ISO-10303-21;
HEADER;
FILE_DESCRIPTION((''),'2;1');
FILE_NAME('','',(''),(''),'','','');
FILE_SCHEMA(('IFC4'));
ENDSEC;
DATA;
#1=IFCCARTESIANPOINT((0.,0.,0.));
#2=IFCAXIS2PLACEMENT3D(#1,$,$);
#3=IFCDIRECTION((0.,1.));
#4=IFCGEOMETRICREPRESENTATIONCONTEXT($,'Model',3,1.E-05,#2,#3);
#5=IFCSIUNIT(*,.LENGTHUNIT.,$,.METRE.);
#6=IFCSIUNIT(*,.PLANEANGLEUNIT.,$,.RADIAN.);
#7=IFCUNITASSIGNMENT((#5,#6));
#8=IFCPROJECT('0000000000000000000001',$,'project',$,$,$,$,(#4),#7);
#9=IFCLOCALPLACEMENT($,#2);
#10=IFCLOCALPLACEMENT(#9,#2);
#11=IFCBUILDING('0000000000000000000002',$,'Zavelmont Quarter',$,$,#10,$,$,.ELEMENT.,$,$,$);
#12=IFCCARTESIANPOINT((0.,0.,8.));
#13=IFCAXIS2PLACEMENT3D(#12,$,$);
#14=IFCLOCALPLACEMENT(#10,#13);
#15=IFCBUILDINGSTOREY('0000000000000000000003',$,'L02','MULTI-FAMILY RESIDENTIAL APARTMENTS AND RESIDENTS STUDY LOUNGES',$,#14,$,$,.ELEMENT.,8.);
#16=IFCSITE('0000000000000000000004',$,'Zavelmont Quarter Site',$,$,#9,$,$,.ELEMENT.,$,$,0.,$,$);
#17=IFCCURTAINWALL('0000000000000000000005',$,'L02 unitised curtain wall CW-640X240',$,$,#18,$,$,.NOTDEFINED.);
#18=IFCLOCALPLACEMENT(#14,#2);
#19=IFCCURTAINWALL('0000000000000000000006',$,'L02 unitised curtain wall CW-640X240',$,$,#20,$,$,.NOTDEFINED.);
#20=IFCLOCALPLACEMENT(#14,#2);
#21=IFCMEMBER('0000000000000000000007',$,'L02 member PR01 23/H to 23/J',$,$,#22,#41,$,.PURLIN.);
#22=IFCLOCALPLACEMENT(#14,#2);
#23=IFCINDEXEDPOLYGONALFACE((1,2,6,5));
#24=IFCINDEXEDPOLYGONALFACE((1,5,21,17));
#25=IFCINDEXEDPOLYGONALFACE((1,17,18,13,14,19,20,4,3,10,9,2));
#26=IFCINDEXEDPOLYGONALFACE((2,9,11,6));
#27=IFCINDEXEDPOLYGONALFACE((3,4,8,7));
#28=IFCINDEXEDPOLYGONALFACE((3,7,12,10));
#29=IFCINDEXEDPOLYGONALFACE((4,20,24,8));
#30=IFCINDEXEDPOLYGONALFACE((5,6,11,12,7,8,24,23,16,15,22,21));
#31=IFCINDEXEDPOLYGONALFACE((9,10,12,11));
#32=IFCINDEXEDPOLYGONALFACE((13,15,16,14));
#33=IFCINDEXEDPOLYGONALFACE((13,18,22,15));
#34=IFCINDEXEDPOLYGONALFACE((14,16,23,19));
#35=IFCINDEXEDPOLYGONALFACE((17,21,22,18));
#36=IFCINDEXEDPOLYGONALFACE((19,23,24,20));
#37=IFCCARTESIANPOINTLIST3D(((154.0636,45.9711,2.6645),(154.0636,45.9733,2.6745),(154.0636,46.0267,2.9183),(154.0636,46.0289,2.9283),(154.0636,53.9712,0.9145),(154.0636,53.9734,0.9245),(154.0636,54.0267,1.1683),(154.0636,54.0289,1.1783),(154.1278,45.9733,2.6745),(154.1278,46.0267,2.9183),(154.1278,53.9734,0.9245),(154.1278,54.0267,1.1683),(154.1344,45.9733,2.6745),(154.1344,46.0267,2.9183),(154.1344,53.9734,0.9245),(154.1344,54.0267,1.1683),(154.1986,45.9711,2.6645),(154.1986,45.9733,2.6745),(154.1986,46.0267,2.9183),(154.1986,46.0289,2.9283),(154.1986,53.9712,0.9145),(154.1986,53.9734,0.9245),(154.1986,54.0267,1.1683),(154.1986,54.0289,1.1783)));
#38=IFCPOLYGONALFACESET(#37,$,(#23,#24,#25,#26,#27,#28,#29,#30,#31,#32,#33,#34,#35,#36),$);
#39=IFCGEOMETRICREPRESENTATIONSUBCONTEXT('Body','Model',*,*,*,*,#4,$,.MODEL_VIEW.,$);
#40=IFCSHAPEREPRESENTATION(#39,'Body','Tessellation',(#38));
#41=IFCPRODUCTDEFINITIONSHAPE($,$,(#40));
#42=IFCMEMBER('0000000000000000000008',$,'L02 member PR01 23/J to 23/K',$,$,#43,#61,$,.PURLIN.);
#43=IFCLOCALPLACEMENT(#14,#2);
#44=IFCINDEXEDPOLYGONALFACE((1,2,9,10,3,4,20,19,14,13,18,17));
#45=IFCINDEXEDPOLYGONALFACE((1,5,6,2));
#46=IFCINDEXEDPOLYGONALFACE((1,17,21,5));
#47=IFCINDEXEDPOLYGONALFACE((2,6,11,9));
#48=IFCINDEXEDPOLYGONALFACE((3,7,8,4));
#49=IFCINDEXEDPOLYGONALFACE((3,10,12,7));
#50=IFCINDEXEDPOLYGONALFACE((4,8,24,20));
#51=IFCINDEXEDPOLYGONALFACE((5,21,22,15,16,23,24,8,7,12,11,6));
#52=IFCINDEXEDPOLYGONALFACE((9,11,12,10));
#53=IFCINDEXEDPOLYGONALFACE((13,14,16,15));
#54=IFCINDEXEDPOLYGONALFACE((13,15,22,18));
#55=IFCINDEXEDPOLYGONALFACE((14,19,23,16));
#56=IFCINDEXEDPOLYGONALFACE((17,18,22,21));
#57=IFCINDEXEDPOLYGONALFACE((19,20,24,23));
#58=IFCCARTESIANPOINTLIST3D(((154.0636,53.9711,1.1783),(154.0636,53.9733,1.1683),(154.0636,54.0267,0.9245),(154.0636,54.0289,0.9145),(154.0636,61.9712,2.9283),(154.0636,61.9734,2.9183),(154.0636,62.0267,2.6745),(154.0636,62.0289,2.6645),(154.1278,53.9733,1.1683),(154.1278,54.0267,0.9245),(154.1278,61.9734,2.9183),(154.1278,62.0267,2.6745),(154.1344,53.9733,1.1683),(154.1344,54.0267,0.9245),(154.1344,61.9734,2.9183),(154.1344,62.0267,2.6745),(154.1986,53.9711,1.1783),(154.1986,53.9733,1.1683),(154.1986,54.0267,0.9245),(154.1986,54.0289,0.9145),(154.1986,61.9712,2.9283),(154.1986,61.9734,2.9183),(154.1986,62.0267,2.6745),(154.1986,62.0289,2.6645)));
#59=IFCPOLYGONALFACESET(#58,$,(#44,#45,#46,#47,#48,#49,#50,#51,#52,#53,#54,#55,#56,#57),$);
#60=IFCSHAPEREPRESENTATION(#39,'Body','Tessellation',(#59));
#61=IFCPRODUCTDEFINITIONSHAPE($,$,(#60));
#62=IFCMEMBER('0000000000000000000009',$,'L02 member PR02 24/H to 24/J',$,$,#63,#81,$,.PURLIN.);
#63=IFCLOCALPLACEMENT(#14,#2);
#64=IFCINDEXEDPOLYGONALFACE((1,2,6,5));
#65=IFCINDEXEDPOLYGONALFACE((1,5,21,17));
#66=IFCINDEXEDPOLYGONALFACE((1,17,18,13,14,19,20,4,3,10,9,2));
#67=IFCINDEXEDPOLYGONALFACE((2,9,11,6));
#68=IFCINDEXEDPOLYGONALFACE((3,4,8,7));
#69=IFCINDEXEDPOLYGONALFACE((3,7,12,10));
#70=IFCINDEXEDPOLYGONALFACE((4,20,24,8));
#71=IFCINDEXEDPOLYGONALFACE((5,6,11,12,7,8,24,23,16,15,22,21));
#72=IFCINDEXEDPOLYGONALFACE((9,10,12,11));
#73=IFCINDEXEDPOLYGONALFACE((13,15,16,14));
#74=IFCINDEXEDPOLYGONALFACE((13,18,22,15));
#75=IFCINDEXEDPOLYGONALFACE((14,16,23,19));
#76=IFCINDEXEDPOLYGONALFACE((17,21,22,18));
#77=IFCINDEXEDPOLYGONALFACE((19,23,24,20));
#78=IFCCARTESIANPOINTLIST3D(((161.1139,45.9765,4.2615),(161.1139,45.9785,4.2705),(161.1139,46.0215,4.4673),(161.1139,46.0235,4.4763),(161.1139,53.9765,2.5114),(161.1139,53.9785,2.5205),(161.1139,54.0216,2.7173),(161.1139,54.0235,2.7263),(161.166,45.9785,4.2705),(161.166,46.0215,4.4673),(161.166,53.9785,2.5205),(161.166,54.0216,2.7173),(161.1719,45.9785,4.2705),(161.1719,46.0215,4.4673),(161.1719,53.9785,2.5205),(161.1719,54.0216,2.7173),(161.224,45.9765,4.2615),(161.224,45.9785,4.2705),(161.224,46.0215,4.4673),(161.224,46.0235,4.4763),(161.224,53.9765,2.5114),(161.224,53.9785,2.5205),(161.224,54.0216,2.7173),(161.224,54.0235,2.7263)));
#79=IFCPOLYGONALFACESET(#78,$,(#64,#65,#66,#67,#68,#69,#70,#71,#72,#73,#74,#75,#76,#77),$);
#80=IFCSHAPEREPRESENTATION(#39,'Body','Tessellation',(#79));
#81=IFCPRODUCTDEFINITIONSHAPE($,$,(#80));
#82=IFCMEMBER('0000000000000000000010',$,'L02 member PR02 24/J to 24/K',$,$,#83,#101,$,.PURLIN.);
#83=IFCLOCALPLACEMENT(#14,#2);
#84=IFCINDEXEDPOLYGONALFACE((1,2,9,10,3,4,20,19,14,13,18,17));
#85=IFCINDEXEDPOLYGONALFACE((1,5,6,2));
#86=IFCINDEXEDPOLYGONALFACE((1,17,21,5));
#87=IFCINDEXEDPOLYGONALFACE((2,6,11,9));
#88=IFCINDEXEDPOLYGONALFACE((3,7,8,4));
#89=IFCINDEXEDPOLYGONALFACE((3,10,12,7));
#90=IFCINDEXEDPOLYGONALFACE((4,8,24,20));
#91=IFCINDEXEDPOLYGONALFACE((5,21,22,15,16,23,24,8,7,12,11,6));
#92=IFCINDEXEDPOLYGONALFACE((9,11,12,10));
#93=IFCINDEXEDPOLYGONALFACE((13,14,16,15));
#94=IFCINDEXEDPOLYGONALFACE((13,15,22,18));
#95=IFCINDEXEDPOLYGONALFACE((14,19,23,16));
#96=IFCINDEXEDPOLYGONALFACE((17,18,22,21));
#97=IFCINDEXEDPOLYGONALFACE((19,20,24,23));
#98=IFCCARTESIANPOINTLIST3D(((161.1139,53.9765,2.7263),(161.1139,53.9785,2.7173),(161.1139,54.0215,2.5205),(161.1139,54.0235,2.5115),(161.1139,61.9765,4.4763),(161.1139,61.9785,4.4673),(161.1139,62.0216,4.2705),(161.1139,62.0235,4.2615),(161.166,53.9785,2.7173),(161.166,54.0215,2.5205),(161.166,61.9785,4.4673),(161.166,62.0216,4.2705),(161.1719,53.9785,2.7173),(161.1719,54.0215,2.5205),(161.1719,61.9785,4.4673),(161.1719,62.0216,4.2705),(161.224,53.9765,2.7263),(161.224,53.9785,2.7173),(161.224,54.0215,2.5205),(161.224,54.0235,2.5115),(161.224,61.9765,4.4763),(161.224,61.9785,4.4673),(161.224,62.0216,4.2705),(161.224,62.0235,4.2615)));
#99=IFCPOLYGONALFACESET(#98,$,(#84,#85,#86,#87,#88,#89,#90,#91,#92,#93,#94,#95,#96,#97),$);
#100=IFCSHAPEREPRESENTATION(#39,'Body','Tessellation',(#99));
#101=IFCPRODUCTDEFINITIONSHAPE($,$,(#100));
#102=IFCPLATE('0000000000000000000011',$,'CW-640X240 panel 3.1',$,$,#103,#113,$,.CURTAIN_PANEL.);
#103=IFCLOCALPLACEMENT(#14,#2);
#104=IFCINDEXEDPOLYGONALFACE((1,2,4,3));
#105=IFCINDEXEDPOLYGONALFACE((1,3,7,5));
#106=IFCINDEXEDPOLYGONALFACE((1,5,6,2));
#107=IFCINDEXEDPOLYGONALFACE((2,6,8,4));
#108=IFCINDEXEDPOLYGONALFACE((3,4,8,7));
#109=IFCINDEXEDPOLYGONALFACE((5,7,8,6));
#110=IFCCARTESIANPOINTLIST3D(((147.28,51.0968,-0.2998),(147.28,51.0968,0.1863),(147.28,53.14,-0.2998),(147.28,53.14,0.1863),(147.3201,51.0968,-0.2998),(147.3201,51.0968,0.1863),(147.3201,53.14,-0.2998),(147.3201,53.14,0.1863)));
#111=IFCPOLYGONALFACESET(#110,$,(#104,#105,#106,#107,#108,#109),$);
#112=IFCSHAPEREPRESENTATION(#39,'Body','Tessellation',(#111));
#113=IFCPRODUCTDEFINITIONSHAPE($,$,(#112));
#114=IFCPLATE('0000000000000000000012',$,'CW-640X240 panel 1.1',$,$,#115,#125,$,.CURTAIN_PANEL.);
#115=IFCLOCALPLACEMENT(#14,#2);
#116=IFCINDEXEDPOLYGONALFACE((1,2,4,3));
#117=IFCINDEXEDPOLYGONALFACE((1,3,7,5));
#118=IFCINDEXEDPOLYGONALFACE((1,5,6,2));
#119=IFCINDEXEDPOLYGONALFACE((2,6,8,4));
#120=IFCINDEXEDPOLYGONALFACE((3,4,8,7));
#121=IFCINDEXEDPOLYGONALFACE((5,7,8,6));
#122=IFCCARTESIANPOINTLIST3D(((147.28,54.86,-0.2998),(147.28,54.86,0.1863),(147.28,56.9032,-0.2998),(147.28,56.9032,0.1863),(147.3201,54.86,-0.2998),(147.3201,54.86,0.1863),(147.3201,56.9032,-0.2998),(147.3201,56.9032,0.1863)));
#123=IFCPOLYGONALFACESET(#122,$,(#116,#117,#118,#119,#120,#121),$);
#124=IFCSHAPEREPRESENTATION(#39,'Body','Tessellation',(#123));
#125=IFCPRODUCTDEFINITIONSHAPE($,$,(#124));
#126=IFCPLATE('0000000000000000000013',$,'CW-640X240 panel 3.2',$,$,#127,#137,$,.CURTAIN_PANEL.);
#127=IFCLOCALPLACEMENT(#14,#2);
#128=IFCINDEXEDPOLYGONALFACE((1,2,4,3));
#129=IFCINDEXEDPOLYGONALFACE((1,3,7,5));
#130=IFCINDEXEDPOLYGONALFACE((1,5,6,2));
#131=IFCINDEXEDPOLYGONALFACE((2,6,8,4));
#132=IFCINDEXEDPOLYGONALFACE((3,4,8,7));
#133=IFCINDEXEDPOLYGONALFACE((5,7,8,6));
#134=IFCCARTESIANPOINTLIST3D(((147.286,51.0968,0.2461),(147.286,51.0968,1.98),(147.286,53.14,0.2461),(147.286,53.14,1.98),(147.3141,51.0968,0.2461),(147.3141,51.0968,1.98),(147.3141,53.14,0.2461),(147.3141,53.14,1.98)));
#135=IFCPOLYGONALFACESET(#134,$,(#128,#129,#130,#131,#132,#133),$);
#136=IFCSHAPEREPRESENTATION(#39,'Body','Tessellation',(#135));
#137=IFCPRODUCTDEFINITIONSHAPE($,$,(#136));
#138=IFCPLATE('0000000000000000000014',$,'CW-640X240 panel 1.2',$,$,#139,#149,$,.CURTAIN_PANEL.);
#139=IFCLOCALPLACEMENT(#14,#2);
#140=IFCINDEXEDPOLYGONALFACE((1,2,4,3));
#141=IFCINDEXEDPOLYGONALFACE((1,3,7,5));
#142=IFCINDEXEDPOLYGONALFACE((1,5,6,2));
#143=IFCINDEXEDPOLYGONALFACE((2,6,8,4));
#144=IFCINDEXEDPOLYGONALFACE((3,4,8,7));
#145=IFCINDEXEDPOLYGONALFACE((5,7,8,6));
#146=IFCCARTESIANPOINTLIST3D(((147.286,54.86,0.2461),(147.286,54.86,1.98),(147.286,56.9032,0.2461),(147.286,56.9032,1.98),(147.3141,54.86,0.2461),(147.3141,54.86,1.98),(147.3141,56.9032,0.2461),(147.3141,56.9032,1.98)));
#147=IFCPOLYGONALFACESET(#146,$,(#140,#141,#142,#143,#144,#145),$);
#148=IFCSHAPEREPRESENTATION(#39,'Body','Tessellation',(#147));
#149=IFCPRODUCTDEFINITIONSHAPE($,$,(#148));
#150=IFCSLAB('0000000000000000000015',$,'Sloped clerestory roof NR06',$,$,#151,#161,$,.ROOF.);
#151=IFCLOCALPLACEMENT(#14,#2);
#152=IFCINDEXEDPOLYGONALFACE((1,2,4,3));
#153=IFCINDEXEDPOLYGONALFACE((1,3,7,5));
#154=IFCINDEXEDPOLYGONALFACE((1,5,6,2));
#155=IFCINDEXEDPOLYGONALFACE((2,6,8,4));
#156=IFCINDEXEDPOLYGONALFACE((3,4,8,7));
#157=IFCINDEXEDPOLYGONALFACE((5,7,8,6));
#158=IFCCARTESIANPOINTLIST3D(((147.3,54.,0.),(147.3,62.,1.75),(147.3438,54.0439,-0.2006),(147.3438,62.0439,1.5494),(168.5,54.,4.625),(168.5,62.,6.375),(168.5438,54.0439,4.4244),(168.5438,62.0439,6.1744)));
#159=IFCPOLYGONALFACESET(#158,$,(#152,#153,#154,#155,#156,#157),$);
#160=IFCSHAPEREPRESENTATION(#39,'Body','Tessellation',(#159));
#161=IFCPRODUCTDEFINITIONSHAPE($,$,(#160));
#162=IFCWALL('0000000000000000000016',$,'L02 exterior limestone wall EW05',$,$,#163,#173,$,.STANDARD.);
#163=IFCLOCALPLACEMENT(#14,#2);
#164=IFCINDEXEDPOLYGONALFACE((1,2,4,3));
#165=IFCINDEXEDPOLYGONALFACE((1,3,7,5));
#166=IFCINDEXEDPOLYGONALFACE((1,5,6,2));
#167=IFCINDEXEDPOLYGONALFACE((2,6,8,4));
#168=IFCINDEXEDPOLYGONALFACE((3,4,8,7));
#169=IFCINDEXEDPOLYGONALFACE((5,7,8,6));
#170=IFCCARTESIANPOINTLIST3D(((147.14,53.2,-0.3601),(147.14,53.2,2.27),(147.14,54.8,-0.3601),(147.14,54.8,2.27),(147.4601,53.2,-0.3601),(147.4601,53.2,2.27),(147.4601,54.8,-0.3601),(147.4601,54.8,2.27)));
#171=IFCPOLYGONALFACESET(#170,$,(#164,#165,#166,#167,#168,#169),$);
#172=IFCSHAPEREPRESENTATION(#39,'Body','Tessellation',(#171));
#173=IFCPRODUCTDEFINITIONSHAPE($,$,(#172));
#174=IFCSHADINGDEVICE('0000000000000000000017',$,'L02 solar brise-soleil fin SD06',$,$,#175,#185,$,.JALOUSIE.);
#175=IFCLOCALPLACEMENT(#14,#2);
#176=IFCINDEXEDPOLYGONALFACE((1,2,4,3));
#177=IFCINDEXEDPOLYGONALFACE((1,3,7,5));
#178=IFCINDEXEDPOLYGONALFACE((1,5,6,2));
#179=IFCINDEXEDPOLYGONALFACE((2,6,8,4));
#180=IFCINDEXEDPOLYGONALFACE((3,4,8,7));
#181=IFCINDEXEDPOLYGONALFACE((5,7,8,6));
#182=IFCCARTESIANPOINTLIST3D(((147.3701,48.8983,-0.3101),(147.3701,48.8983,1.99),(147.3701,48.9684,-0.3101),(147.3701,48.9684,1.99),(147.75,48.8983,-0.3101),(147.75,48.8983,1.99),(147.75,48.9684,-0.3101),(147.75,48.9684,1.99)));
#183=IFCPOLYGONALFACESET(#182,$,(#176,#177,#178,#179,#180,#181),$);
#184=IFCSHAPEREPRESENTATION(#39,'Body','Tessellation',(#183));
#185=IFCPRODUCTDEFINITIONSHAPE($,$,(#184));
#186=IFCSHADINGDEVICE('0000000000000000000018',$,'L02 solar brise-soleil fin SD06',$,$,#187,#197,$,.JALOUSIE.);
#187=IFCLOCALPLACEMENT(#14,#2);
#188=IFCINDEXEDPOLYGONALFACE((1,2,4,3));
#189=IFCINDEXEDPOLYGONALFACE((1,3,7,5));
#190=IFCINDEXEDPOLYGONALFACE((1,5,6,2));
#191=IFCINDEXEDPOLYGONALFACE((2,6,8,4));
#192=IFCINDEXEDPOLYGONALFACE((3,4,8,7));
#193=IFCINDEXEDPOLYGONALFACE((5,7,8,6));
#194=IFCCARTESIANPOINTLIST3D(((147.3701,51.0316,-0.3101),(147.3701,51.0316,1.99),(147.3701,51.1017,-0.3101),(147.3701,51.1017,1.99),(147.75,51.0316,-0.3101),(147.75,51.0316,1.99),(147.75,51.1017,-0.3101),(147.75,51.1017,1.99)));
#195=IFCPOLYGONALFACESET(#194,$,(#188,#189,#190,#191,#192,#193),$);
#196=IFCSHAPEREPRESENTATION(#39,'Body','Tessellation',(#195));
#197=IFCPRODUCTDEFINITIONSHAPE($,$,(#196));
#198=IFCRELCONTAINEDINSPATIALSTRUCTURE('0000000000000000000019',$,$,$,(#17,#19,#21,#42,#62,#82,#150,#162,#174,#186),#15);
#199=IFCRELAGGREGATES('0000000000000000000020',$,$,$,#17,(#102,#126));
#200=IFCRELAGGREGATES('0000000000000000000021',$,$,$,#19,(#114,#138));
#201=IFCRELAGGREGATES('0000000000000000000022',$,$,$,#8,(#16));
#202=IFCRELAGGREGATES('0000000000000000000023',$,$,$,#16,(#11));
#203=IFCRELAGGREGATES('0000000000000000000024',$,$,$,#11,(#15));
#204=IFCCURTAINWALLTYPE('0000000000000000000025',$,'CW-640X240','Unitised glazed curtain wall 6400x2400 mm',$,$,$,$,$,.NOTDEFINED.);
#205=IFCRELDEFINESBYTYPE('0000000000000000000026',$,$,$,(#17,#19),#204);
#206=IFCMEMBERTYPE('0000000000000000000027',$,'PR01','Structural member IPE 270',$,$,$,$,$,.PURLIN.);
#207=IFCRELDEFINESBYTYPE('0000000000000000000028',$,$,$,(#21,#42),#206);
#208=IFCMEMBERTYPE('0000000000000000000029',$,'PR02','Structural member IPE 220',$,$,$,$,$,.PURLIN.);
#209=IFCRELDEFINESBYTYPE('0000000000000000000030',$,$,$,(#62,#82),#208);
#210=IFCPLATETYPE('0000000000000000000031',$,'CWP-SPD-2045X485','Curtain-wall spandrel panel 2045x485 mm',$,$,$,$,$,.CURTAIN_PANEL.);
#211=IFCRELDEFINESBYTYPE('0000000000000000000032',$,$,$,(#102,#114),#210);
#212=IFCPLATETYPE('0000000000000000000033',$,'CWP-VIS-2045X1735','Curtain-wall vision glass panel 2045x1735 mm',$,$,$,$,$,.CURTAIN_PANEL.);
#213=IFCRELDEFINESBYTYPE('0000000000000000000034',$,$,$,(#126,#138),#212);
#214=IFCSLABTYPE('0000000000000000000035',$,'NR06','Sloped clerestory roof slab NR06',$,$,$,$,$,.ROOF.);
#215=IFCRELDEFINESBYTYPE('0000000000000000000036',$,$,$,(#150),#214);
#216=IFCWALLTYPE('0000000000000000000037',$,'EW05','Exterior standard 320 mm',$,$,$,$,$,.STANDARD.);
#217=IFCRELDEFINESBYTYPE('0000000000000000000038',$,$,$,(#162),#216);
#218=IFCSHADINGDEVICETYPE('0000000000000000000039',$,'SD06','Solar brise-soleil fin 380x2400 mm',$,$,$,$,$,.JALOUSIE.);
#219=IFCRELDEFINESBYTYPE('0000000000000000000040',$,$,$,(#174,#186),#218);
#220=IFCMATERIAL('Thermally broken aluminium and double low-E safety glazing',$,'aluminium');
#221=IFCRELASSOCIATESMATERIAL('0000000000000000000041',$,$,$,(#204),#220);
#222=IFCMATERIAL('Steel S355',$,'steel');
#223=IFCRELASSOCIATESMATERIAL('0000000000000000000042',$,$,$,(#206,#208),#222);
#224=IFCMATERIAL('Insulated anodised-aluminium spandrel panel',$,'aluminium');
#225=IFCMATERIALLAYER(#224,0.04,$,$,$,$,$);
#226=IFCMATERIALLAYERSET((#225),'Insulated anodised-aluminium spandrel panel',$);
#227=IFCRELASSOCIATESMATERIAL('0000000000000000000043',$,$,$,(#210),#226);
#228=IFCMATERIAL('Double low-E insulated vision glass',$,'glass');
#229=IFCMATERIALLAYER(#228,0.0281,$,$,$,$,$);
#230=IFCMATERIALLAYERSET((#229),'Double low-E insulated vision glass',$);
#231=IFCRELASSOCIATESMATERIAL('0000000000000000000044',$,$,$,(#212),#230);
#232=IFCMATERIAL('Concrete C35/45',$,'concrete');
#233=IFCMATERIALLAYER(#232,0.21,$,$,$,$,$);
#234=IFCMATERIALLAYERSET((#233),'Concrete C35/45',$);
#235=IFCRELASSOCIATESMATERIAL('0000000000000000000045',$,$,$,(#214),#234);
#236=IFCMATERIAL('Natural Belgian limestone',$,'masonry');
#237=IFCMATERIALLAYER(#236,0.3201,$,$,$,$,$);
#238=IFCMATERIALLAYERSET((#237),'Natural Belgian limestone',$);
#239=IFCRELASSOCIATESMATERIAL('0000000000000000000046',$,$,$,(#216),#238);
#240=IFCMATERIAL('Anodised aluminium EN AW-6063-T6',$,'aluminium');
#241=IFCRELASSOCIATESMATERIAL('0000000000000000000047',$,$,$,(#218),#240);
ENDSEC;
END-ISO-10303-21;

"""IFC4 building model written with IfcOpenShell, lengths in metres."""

from ifc_helpers import new_model, si_unit, direction, frame, frame_2d, origin, origin_2d, place, context, subcontext, project, spatial, polyline, rectangle, i_section, outline, extrude, material, layer, layer_set, material_profile, profile_set, type_object, element, aggregate, save


model = new_model("IFC4")

# Units and contexts
model_context = context("Model", 3, precision=1e-05, world=origin(), true_north=direction((0.0, 1.0)))
body_context = subcontext(model_context, "Body", "Model", "MODEL_VIEW")
ifc_project = project(units=[si_unit("LENGTHUNIT", "METRE"), si_unit("PLANEANGLEUNIT", "RADIAN")], contexts=[model_context])

# Site, building, storey
site_placement = place(None, origin())
site = spatial("IfcSite", under=ifc_project, at=site_placement, Name="Zavelmont Quarter Site", CompositionType="ELEMENT", RefElevation=0.0)
building_placement = place(site_placement, origin())
building = spatial("IfcBuilding", under=site, at=building_placement, Name="Zavelmont Quarter", CompositionType="ELEMENT")
storey_placement = place(building_placement, frame((0.0, 0.0, 8.0)))
storey = spatial("IfcBuildingStorey", under=building, at=storey_placement, Name="L02", Description="MULTI-FAMILY RESIDENTIAL APARTMENTS AND RESIDENTS STUDY LOUNGES", CompositionType="ELEMENT", Elevation=8.0)

# Shared definitions
ifc_material_1 = material(Name="Steel S355", Category="steel")

# Curtain walls
ifc_material_2 = material(Name="Thermally broken aluminium and double low-E safety glazing", Category="aluminium")
curtain_wall_type = type_object("IfcCurtainWallType", Name="CW-640X240", Description="Unitised glazed curtain wall 6400x2400 mm", PredefinedType="NOTDEFINED", material=ifc_material_2)
curtain_wall_1_placement = place(storey_placement, origin())
curtain_wall_1 = element("IfcCurtainWall", 1, at=curtain_wall_1_placement, inside=storey, type_object=curtain_wall_type, Name="L02 unitised curtain wall CW-640X240", PredefinedType="NOTDEFINED")
curtain_wall_2_placement = place(storey_placement, origin())
curtain_wall_2 = element("IfcCurtainWall", 2, at=curtain_wall_2_placement, inside=storey, type_object=curtain_wall_type, Name="L02 unitised curtain wall CW-640X240", PredefinedType="NOTDEFINED")

# Members
ifc_material_profile_1 = material_profile(ifc_material_1, i_section(OverallWidth=0.135, OverallDepth=0.27, WebThickness=0.0066, FlangeThickness=0.0103, at=origin_2d()), Name="IPE 270")
ifc_profile_set_1 = profile_set([ifc_material_profile_1], Name="Steel S355")
member_type_1 = type_object("IfcMemberType", Name="PR01", Description="Structural member IPE 270", PredefinedType="PURLIN", material=ifc_profile_set_1)
for number, where, z_axis, x_axis, name in (
    (3, (154.1311, 46.0, 2.7964), (0.0, 0.9769, -0.213697), (-1.0, 0.0, 0.0), "L02 member PR01 23/H to 23/J"),
    (4, (154.1311, 54.0, 1.0464), (0.0, 0.9769, 0.213697), (-1.0, 0.0, 0.0), "L02 member PR01 23/J to 23/K"),
):
    element("IfcMember", number, at=place(storey_placement, frame(where, z_axis=z_axis, x_axis=x_axis)), inside=storey, type_object=member_type_1, Name=name, PredefinedType="PURLIN", context=body_context, shape_type="SweptSolid", body=[
        extrude(i_section(OverallWidth=0.135, OverallDepth=0.27, WebThickness=0.0066, FlangeThickness=0.0103, at=origin_2d()), origin(), (0.0, 0.0, 1.0), 8.1892),
    ])
ifc_material_profile_2 = material_profile(ifc_material_1, i_section(OverallWidth=0.1101, OverallDepth=0.22, WebThickness=0.0059, FlangeThickness=0.0093, at=origin_2d()), Name="IPE 220")
ifc_profile_set_2 = profile_set([ifc_material_profile_2], Name="Steel S355")
member_type_2 = type_object("IfcMemberType", Name="PR02", Description="Structural member IPE 220", PredefinedType="PURLIN", material=ifc_profile_set_2)
for number, where, z_axis, x_axis, name in (
    (5, (161.1689, 46.0, 4.3689), (0.0, 0.9769, -0.213697), (-1.0, 0.0, 0.0), "L02 member PR02 24/H to 24/J"),
    (6, (161.1689, 54.0, 2.6189), (0.0, 0.9769, 0.213697), (-1.0, 0.0, 0.0), "L02 member PR02 24/J to 24/K"),
):
    element("IfcMember", number, at=place(storey_placement, frame(where, z_axis=z_axis, x_axis=x_axis)), inside=storey, type_object=member_type_2, Name=name, PredefinedType="PURLIN", context=body_context, shape_type="SweptSolid", body=[
        extrude(i_section(OverallWidth=0.1101, OverallDepth=0.22, WebThickness=0.0059, FlangeThickness=0.0093, at=origin_2d()), origin(), (0.0, 0.0, 1.0), 8.1892),
    ])

# Plates
ifc_material_3 = material(Name="Insulated anodised-aluminium spandrel panel", Category="aluminium")
ifc_layer_1 = layer(ifc_material_3, 0.04)
ifc_layer_set_1 = layer_set([ifc_layer_1], Name="Insulated anodised-aluminium spandrel panel")
plate_type_1 = type_object("IfcPlateType", Name="CWP-SPD-2045X485", Description="Curtain-wall spandrel panel 2045x485 mm", PredefinedType="CURTAIN_PANEL", material=ifc_layer_set_1)
plate_1_placement = place(storey_placement, frame((147.3, 52.1184, -0.2998), z_axis=(0.0, 0.0, 1.0), x_axis=(0.0, 1.0, 0.0)))
plate_1 = element("IfcPlate", 7, at=plate_1_placement, type_object=plate_type_1, Name="CW-640X240 panel 3.1", PredefinedType="CURTAIN_PANEL", context=body_context, shape_type="SweptSolid", body=[
    extrude(rectangle(XDim=2.0432, YDim=0.04, at=origin_2d()), origin(), (0.0, 0.0, 1.0), 0.4861),
])
plate_2_placement = place(storey_placement, frame((147.3, 55.8816, -0.2998), z_axis=(0.0, 0.0, 1.0), x_axis=(0.0, 1.0, 0.0)))
plate_2 = element("IfcPlate", 8, at=plate_2_placement, type_object=plate_type_1, Name="CW-640X240 panel 1.1", PredefinedType="CURTAIN_PANEL", context=body_context, shape_type="SweptSolid", body=[
    extrude(rectangle(XDim=2.0432, YDim=0.04, at=origin_2d()), origin(), (0.0, 0.0, 1.0), 0.4861),
])
ifc_material_4 = material(Name="Double low-E insulated vision glass", Category="glass")
ifc_layer_2 = layer(ifc_material_4, 0.0281)
ifc_layer_set_2 = layer_set([ifc_layer_2], Name="Double low-E insulated vision glass")
plate_type_2 = type_object("IfcPlateType", Name="CWP-VIS-2045X1735", Description="Curtain-wall vision glass panel 2045x1735 mm", PredefinedType="CURTAIN_PANEL", material=ifc_layer_set_2)
plate_3_placement = place(storey_placement, frame((147.3, 52.1184, 0.2461), z_axis=(0.0, 0.0, 1.0), x_axis=(0.0, 1.0, 0.0)))
plate_3 = element("IfcPlate", 9, at=plate_3_placement, type_object=plate_type_2, Name="CW-640X240 panel 3.2", PredefinedType="CURTAIN_PANEL", context=body_context, shape_type="SweptSolid", body=[
    extrude(rectangle(XDim=2.0432, YDim=0.0281, at=origin_2d()), origin(), (0.0, 0.0, 1.0), 1.7339),
])
aggregate(curtain_wall_1, [plate_1, plate_3])
plate_4_placement = place(storey_placement, frame((147.3, 55.8816, 0.2461), z_axis=(0.0, 0.0, 1.0), x_axis=(0.0, 1.0, 0.0)))
plate_4 = element("IfcPlate", 10, at=plate_4_placement, type_object=plate_type_2, Name="CW-640X240 panel 1.2", PredefinedType="CURTAIN_PANEL", context=body_context, shape_type="SweptSolid", body=[
    extrude(rectangle(XDim=2.0432, YDim=0.0281, at=origin_2d()), origin(), (0.0, 0.0, 1.0), 1.7339),
])
aggregate(curtain_wall_2, [plate_2, plate_4])

# Slab
ifc_material_5 = material(Name="Concrete C35/45", Category="concrete")
ifc_layer_3 = layer(ifc_material_5, 0.21)
ifc_layer_set_3 = layer_set([ifc_layer_3], Name="Concrete C35/45")
slab_type = type_object("IfcSlabType", Name="NR06", Description="Sloped clerestory roof slab NR06", PredefinedType="ROOF", material=ifc_layer_set_3)
slab_placement = place(storey_placement, frame((147.3, 54.0, 0.0), z_axis=(-0.20844, -0.209003, 0.955443), x_axis=(0.97702, 0.0, 0.213148)))
element("IfcSlab", 11, at=slab_placement, inside=storey, type_object=slab_type, Name="Sloped clerestory roof NR06", PredefinedType="ROOF", context=body_context, shape_type="SweptSolid", body=[
    extrude(outline(polyline([(0.0, 0.0), (21.6986, 0.0), (22.0716, 8.1807), (0.373, 8.1807), (0.0, 0.0)])), origin(), (0.0, 0.0, -1.0), 0.21),
])

# Wall
ifc_material_6 = material(Name="Natural Belgian limestone", Category="masonry")
ifc_layer_4 = layer(ifc_material_6, 0.3201)
ifc_layer_set_4 = layer_set([ifc_layer_4], Name="Natural Belgian limestone")
wall_type = type_object("IfcWallType", Name="EW05", Description="Exterior standard 320 mm", PredefinedType="STANDARD", material=ifc_layer_set_4)
wall_placement = place(storey_placement, frame((147.3, 53.2, -0.3601), z_axis=(0.0, 0.0, 1.0), x_axis=(0.0, 1.0, 0.0)))
element("IfcWall", 12, at=wall_placement, inside=storey, type_object=wall_type, Name="L02 exterior limestone wall EW05", PredefinedType="STANDARD", context=body_context, shape_type="SweptSolid", body=[
    extrude(rectangle(XDim=1.6001, YDim=0.3201, at=frame_2d((0.8, 0.0))), origin(), (0.0, 0.0, 1.0), 2.6301),
])

# Shading devices
ifc_material_7 = material(Name="Anodised aluminium EN AW-6063-T6", Category="aluminium")
shading_device_type = type_object("IfcShadingDeviceType", Name="SD06", Description="Solar brise-soleil fin 380x2400 mm", PredefinedType="JALOUSIE", material=ifc_material_7)
for number, where, z_axis, x_axis, name in (
    (13, (147.5601, 48.9333, -0.3101), (0.0, 0.0, 1.0), (0.0, 1.0, 0.0), "L02 solar brise-soleil fin SD06"),
    (14, (147.5601, 51.0667, -0.3101), (0.0, 0.0, 1.0), (0.0, 1.0, 0.0), "L02 solar brise-soleil fin SD06"),
):
    element("IfcShadingDevice", number, at=place(storey_placement, frame(where, z_axis=z_axis, x_axis=x_axis)), inside=storey, type_object=shading_device_type, Name=name, PredefinedType="JALOUSIE", context=body_context, shape_type="SweptSolid", body=[
        extrude(rectangle(XDim=0.0701, YDim=0.3799, at=origin_2d()), origin(), (0.0, 0.0, 1.0), 2.3),
    ])

save(model, "model.ifc")
